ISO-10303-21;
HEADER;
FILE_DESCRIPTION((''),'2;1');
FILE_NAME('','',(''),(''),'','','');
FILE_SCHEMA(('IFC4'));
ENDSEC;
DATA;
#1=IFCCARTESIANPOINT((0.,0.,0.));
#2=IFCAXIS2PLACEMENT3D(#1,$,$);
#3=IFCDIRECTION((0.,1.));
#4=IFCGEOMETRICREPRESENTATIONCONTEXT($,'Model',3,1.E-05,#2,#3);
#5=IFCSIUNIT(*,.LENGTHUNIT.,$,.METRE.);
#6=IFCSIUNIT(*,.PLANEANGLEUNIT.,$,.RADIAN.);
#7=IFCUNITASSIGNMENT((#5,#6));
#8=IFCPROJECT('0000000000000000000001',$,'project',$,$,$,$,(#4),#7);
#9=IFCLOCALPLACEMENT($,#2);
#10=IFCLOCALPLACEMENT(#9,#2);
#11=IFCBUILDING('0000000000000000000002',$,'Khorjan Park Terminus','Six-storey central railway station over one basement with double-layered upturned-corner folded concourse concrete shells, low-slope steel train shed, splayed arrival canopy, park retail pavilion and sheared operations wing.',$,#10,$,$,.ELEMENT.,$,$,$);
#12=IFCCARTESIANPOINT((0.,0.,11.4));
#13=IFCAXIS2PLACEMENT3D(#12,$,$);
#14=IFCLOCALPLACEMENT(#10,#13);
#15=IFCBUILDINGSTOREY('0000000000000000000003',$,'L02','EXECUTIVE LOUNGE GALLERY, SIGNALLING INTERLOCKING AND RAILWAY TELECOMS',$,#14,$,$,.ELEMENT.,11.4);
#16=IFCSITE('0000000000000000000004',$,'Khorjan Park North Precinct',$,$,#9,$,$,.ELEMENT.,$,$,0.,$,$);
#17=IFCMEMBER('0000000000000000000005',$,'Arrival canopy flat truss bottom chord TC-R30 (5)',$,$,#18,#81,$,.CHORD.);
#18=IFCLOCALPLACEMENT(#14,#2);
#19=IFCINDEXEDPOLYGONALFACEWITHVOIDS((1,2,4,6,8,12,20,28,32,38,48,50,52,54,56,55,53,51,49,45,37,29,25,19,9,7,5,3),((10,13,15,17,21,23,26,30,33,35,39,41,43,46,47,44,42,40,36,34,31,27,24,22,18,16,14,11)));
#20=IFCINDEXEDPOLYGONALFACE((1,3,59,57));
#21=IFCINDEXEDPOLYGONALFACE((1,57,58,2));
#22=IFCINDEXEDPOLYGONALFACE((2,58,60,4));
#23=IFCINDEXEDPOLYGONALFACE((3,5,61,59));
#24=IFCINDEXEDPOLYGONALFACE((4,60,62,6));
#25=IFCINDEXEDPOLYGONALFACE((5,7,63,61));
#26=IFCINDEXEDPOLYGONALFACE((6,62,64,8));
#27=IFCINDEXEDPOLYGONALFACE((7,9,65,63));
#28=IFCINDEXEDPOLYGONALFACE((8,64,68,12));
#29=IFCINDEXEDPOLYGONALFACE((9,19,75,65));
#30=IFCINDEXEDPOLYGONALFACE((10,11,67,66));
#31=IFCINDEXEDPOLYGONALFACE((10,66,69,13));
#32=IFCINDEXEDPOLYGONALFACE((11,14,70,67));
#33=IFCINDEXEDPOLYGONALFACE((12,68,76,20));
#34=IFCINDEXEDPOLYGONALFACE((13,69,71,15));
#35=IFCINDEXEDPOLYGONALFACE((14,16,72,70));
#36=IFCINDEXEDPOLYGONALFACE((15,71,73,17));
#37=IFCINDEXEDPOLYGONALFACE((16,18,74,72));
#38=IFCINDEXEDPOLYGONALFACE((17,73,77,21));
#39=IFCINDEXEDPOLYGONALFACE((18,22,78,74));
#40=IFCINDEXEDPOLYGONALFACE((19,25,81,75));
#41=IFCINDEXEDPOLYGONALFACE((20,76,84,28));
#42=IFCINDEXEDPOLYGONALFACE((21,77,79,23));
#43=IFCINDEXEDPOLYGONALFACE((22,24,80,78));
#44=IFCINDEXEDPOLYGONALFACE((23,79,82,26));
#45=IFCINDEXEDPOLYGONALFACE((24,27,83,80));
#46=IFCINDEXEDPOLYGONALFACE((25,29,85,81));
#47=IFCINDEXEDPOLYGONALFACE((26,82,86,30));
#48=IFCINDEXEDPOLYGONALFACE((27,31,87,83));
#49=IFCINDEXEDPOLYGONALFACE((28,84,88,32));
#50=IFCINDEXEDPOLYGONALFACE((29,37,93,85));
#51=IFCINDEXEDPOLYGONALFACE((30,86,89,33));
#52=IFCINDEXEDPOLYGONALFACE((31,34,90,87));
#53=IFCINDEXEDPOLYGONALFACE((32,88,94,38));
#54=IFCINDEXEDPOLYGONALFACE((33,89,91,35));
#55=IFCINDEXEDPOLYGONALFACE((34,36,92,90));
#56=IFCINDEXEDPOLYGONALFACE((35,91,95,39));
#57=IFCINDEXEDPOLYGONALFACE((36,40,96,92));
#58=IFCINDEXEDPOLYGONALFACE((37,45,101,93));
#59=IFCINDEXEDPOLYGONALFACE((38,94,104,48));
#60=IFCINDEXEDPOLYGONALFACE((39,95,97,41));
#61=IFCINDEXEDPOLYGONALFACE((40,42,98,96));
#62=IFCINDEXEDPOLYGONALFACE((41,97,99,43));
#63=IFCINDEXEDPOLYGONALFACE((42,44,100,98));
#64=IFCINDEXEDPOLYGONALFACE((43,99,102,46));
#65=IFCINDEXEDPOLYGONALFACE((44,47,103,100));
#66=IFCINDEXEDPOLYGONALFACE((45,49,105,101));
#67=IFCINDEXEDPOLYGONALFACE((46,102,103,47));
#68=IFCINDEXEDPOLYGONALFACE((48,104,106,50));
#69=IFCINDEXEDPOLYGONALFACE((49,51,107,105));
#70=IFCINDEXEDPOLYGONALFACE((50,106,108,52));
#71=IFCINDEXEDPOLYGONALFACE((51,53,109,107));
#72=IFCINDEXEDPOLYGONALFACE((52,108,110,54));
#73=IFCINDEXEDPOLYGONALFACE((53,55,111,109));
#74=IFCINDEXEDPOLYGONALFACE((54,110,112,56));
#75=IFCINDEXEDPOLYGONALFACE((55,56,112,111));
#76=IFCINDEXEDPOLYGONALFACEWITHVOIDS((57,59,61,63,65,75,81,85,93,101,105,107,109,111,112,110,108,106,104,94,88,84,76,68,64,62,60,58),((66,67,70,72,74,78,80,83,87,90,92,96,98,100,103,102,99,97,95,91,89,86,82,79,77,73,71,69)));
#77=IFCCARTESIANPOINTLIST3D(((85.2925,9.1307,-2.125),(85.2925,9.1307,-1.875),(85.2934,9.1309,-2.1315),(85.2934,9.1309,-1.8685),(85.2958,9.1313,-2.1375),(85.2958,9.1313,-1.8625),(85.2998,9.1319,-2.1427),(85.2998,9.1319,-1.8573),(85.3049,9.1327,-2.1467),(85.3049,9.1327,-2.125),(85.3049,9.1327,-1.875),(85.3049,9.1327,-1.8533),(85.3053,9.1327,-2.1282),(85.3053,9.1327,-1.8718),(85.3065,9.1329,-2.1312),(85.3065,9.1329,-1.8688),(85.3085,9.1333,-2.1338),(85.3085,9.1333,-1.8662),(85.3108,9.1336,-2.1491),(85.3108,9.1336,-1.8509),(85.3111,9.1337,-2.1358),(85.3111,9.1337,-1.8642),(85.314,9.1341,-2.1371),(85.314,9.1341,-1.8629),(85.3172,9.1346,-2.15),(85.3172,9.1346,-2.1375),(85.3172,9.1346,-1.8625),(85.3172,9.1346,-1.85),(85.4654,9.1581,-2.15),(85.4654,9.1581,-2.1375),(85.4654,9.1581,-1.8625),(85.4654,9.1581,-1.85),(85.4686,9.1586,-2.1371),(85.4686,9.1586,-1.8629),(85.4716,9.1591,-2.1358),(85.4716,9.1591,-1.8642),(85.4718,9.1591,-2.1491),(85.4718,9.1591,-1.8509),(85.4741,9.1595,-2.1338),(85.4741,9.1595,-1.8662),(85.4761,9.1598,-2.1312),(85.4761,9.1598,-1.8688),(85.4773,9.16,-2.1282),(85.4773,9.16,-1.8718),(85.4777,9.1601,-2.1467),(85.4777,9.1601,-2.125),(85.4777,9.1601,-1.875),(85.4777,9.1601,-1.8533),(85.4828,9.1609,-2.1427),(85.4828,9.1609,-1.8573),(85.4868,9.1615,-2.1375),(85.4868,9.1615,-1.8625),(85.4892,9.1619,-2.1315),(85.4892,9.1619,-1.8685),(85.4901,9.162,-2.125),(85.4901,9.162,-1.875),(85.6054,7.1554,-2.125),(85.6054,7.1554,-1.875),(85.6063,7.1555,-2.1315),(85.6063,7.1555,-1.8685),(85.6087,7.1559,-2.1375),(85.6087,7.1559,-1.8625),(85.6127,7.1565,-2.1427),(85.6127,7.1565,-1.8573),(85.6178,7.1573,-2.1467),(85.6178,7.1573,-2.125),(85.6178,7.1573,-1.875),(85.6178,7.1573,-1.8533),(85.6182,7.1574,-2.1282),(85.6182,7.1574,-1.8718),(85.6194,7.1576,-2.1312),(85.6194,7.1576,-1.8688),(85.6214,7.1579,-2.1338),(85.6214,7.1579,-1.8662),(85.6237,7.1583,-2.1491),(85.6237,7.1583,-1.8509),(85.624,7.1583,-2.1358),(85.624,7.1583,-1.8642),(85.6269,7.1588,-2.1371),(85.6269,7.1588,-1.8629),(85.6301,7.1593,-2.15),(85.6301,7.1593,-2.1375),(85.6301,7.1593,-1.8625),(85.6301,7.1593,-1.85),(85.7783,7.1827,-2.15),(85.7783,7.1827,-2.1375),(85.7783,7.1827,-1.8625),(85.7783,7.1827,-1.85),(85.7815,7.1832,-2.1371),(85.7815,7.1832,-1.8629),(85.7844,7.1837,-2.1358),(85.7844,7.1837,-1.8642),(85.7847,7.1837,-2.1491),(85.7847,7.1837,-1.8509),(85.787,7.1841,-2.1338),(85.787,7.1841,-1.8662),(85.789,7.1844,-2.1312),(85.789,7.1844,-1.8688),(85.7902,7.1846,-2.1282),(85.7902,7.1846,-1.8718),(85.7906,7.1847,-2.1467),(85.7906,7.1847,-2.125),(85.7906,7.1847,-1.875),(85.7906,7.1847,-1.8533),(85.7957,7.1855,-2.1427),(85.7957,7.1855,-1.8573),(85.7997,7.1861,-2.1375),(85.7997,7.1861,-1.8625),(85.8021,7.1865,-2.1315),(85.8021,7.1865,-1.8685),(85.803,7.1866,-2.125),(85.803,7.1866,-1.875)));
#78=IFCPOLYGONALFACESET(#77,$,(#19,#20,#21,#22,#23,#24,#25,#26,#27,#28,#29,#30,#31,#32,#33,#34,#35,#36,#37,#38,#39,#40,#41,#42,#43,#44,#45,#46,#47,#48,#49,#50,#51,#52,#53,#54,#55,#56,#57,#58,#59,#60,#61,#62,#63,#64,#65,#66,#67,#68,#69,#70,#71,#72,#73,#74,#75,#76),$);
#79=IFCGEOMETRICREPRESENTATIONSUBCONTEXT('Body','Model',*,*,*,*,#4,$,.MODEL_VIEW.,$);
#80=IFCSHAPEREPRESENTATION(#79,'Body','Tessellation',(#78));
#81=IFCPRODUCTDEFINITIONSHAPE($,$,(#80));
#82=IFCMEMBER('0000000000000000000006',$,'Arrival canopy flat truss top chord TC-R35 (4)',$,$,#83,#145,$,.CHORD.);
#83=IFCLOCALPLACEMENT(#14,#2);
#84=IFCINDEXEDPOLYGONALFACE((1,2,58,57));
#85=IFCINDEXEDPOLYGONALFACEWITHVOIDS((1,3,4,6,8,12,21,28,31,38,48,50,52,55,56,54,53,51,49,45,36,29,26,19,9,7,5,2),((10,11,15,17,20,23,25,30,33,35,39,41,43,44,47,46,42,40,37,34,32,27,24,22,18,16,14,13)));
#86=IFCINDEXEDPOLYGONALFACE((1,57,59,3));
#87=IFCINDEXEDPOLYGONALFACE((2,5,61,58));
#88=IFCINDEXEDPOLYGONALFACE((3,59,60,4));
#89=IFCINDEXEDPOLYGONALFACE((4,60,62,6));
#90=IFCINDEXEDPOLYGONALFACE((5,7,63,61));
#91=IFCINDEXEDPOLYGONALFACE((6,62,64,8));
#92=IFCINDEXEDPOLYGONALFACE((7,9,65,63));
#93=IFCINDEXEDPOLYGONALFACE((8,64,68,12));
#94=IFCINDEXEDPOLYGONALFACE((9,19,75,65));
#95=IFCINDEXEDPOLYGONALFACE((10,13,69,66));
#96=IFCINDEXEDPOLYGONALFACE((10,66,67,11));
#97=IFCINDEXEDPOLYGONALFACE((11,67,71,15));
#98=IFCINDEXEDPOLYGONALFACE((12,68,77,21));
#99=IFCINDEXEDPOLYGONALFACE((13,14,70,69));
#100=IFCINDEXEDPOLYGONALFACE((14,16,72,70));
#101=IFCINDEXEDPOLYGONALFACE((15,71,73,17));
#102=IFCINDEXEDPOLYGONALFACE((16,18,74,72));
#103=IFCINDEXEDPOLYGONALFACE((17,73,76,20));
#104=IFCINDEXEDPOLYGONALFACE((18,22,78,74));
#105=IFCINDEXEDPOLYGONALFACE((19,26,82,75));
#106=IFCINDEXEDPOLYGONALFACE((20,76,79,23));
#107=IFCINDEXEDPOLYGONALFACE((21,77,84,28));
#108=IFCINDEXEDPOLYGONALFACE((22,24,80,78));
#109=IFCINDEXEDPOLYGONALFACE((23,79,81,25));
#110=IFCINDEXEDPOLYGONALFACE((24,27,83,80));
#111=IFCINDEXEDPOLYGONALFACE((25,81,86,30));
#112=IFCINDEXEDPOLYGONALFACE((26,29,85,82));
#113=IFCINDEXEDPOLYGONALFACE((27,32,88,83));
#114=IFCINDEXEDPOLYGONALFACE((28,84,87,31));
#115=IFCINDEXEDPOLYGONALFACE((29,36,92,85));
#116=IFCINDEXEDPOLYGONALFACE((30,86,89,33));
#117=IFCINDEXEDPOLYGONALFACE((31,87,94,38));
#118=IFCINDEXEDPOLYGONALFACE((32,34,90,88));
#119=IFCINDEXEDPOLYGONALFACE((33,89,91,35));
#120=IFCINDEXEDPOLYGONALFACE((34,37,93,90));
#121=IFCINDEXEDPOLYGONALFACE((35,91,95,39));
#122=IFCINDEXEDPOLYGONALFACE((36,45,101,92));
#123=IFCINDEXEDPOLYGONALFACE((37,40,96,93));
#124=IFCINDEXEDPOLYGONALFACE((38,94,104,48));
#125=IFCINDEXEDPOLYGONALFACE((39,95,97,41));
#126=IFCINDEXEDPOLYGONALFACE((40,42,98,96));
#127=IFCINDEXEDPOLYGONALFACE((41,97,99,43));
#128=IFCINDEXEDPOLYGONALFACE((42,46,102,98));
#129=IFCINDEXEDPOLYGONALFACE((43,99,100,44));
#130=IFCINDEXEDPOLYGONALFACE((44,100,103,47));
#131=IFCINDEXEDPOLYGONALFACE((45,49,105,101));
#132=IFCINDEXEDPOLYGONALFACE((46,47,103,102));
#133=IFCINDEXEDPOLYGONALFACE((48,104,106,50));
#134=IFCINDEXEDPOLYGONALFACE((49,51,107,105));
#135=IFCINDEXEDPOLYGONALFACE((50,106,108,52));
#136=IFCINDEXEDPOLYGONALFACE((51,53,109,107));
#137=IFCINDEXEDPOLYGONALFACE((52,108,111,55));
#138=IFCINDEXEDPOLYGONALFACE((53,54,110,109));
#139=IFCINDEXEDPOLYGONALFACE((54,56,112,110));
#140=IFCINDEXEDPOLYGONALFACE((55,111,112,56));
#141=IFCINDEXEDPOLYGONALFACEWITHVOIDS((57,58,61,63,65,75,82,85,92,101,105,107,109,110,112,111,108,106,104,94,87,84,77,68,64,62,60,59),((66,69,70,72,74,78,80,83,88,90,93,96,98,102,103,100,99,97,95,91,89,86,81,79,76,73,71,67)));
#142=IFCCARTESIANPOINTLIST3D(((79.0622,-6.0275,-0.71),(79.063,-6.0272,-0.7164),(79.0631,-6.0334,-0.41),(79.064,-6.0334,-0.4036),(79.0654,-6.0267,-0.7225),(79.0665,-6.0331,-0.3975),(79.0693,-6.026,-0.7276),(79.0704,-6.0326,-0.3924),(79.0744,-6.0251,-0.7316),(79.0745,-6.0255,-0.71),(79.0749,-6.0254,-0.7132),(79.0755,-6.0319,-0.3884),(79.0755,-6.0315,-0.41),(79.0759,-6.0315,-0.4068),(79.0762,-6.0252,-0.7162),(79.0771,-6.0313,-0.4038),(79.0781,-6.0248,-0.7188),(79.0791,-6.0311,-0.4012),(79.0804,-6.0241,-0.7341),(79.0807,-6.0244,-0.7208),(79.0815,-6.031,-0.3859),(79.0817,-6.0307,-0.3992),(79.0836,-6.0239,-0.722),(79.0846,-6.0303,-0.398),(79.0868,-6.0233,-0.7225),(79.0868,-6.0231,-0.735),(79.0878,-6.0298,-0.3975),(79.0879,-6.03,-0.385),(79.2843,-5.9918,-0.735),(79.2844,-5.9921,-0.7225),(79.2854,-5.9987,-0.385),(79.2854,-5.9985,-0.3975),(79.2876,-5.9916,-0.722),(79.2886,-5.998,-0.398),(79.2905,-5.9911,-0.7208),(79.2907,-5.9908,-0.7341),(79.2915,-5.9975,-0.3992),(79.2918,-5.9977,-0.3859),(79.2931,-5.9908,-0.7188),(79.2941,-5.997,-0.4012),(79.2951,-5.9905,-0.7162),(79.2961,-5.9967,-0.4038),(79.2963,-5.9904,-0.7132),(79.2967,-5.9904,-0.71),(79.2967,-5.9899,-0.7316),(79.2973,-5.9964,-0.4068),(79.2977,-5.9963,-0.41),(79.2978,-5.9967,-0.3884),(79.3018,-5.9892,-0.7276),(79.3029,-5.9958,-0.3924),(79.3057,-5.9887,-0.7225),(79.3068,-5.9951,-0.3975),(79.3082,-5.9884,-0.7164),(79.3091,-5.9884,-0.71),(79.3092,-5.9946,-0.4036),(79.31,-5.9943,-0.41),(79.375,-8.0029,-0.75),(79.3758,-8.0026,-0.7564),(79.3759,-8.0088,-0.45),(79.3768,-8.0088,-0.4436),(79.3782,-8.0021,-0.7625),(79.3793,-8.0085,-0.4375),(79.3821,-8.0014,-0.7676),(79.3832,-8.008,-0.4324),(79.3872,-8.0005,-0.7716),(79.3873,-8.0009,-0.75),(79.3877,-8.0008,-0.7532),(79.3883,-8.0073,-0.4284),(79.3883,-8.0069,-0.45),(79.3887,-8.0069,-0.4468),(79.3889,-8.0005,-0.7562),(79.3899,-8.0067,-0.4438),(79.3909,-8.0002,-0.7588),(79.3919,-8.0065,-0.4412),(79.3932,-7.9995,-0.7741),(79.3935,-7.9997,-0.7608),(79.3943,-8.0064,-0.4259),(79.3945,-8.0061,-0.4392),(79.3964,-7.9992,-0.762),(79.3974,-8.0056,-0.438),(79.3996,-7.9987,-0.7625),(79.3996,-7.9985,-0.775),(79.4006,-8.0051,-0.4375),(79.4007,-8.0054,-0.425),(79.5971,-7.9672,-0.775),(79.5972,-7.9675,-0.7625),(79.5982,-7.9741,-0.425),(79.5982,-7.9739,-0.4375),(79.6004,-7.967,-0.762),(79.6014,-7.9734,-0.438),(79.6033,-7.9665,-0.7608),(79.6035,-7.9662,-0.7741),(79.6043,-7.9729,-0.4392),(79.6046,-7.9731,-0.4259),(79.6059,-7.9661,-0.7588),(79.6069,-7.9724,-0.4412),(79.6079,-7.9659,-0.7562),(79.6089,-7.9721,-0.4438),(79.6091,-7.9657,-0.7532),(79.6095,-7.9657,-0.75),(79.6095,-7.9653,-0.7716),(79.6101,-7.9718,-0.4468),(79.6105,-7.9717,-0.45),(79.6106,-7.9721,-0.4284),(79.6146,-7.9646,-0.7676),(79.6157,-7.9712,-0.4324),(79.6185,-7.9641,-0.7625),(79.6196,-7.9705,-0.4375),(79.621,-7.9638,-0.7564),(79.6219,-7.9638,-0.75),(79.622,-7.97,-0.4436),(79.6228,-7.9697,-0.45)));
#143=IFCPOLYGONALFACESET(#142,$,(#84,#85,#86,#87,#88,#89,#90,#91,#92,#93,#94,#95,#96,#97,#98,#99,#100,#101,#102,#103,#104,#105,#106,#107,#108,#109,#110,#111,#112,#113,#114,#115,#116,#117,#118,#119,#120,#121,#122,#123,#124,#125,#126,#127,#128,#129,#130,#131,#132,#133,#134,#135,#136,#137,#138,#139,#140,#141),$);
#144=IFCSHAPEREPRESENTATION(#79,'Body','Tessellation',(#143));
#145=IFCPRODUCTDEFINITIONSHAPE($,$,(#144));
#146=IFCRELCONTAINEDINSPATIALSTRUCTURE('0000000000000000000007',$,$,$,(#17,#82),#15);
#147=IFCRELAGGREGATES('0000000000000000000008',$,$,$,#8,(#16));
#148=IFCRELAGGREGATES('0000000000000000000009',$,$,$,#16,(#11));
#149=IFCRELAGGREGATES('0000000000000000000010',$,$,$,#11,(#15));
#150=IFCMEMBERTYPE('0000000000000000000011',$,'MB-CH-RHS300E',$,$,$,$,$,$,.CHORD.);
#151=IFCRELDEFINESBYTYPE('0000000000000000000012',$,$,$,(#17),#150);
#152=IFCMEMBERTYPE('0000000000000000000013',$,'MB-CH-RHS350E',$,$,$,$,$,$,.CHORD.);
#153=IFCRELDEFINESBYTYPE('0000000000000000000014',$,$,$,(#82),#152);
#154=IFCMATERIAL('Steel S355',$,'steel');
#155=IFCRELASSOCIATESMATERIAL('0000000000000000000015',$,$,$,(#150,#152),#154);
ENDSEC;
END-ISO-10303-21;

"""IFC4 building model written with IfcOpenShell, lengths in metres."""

from ifc_helpers import new_model, si_unit, direction, frame, origin, origin_2d, place, context, subcontext, project, spatial, hollow_rectangle, extrude, material, material_profile, profile_set, type_object, element, save


model = new_model("IFC4")

# Units and contexts
model_context = context("Model", 3, precision=1e-05, world=origin(), true_north=direction((0.0, 1.0)))
body_context = subcontext(model_context, "Body", "Model", "MODEL_VIEW")
ifc_project = project(units=[si_unit("LENGTHUNIT", "METRE"), si_unit("PLANEANGLEUNIT", "RADIAN")], contexts=[model_context])

# Site, building, storey
site_placement = place(None, origin())
site = spatial("IfcSite", under=ifc_project, at=site_placement, Name="Khorjan Park North Precinct", CompositionType="ELEMENT", RefElevation=0.0)
building_placement = place(site_placement, origin())
building = spatial("IfcBuilding", under=site, at=building_placement, Name="Khorjan Park Terminus", Description="Six-storey central railway station over one basement with double-layered upturned-corner folded concourse concrete shells, low-slope steel train shed, splayed arrival canopy, park retail pavilion and sheared operations wing.", CompositionType="ELEMENT")
storey_placement = place(building_placement, frame((0.0, 0.0, 11.4)))
storey = spatial("IfcBuildingStorey", under=building, at=storey_placement, Name="L02", Description="EXECUTIVE LOUNGE GALLERY, SIGNALLING INTERLOCKING AND RAILWAY TELECOMS", CompositionType="ELEMENT", Elevation=11.4)

# Members
ifc_material = material(Name="Steel S355", Category="steel")
ifc_material_profile_1 = material_profile(ifc_material, hollow_rectangle(XDim=0.2, YDim=0.3, WallThickness=0.0125, InnerFilletRadius=0.0125, OuterFilletRadius=0.025, at=origin_2d()), Name="RHS 300x200x12.5")
ifc_profile_set_1 = profile_set([ifc_material_profile_1], Name="Steel S355")
member_type_1 = type_object("IfcMemberType", Name="MB-CH-RHS300E", PredefinedType="CHORD", material=ifc_profile_set_1)
member_1_placement = place(storey_placement, frame((85.7042, 7.171, -2.0), z_axis=(-0.156448, 0.987686, 0.0), x_axis=(-0.987686, -0.156448, 0.0)))
element("IfcMember", 1, at=member_1_placement, inside=storey, type_object=member_type_1, Name="Arrival canopy flat truss bottom chord TC-R30 (5)", PredefinedType="CHORD", context=body_context, shape_type="SweptSolid", body=[
    extrude(hollow_rectangle(XDim=0.2, YDim=0.3, WallThickness=0.0125, InnerFilletRadius=0.0125, OuterFilletRadius=0.025, at=origin_2d()), origin(), (0.0, 0.0, 1.0), 2.0),
])
ifc_material_profile_2 = material_profile(ifc_material, hollow_rectangle(XDim=0.25, YDim=0.35, WallThickness=0.0125, InnerFilletRadius=0.0125, OuterFilletRadius=0.025, at=origin_2d()), Name="RHS 350x250x12.5")
ifc_profile_set_2 = profile_set([ifc_material_profile_2], Name="Steel S355")
member_type_2 = type_object("IfcMemberType", Name="MB-CH-RHS350E", PredefinedType="CHORD", material=ifc_profile_set_2)
for number, where, z_axis, x_axis, name in (
    (2, (79.4989, -7.9863, -0.6), (-0.156368, 0.987496, 0.019996), (-0.987694, -0.156399, 0.0), "Arrival canopy flat truss top chord TC-R35 (4)"),
):
    element("IfcMember", number, at=place(storey_placement, frame(where, z_axis=z_axis, x_axis=x_axis)), inside=storey, type_object=member_type_2, Name=name, PredefinedType="CHORD", context=body_context, shape_type="SweptSolid", body=[
        extrude(hollow_rectangle(XDim=0.25, YDim=0.35, WallThickness=0.0125, InnerFilletRadius=0.0125, OuterFilletRadius=0.025, at=origin_2d()), origin(), (0.0, 0.0, 1.0), 2.0004),
    ])

save(model, "model.ifc")
